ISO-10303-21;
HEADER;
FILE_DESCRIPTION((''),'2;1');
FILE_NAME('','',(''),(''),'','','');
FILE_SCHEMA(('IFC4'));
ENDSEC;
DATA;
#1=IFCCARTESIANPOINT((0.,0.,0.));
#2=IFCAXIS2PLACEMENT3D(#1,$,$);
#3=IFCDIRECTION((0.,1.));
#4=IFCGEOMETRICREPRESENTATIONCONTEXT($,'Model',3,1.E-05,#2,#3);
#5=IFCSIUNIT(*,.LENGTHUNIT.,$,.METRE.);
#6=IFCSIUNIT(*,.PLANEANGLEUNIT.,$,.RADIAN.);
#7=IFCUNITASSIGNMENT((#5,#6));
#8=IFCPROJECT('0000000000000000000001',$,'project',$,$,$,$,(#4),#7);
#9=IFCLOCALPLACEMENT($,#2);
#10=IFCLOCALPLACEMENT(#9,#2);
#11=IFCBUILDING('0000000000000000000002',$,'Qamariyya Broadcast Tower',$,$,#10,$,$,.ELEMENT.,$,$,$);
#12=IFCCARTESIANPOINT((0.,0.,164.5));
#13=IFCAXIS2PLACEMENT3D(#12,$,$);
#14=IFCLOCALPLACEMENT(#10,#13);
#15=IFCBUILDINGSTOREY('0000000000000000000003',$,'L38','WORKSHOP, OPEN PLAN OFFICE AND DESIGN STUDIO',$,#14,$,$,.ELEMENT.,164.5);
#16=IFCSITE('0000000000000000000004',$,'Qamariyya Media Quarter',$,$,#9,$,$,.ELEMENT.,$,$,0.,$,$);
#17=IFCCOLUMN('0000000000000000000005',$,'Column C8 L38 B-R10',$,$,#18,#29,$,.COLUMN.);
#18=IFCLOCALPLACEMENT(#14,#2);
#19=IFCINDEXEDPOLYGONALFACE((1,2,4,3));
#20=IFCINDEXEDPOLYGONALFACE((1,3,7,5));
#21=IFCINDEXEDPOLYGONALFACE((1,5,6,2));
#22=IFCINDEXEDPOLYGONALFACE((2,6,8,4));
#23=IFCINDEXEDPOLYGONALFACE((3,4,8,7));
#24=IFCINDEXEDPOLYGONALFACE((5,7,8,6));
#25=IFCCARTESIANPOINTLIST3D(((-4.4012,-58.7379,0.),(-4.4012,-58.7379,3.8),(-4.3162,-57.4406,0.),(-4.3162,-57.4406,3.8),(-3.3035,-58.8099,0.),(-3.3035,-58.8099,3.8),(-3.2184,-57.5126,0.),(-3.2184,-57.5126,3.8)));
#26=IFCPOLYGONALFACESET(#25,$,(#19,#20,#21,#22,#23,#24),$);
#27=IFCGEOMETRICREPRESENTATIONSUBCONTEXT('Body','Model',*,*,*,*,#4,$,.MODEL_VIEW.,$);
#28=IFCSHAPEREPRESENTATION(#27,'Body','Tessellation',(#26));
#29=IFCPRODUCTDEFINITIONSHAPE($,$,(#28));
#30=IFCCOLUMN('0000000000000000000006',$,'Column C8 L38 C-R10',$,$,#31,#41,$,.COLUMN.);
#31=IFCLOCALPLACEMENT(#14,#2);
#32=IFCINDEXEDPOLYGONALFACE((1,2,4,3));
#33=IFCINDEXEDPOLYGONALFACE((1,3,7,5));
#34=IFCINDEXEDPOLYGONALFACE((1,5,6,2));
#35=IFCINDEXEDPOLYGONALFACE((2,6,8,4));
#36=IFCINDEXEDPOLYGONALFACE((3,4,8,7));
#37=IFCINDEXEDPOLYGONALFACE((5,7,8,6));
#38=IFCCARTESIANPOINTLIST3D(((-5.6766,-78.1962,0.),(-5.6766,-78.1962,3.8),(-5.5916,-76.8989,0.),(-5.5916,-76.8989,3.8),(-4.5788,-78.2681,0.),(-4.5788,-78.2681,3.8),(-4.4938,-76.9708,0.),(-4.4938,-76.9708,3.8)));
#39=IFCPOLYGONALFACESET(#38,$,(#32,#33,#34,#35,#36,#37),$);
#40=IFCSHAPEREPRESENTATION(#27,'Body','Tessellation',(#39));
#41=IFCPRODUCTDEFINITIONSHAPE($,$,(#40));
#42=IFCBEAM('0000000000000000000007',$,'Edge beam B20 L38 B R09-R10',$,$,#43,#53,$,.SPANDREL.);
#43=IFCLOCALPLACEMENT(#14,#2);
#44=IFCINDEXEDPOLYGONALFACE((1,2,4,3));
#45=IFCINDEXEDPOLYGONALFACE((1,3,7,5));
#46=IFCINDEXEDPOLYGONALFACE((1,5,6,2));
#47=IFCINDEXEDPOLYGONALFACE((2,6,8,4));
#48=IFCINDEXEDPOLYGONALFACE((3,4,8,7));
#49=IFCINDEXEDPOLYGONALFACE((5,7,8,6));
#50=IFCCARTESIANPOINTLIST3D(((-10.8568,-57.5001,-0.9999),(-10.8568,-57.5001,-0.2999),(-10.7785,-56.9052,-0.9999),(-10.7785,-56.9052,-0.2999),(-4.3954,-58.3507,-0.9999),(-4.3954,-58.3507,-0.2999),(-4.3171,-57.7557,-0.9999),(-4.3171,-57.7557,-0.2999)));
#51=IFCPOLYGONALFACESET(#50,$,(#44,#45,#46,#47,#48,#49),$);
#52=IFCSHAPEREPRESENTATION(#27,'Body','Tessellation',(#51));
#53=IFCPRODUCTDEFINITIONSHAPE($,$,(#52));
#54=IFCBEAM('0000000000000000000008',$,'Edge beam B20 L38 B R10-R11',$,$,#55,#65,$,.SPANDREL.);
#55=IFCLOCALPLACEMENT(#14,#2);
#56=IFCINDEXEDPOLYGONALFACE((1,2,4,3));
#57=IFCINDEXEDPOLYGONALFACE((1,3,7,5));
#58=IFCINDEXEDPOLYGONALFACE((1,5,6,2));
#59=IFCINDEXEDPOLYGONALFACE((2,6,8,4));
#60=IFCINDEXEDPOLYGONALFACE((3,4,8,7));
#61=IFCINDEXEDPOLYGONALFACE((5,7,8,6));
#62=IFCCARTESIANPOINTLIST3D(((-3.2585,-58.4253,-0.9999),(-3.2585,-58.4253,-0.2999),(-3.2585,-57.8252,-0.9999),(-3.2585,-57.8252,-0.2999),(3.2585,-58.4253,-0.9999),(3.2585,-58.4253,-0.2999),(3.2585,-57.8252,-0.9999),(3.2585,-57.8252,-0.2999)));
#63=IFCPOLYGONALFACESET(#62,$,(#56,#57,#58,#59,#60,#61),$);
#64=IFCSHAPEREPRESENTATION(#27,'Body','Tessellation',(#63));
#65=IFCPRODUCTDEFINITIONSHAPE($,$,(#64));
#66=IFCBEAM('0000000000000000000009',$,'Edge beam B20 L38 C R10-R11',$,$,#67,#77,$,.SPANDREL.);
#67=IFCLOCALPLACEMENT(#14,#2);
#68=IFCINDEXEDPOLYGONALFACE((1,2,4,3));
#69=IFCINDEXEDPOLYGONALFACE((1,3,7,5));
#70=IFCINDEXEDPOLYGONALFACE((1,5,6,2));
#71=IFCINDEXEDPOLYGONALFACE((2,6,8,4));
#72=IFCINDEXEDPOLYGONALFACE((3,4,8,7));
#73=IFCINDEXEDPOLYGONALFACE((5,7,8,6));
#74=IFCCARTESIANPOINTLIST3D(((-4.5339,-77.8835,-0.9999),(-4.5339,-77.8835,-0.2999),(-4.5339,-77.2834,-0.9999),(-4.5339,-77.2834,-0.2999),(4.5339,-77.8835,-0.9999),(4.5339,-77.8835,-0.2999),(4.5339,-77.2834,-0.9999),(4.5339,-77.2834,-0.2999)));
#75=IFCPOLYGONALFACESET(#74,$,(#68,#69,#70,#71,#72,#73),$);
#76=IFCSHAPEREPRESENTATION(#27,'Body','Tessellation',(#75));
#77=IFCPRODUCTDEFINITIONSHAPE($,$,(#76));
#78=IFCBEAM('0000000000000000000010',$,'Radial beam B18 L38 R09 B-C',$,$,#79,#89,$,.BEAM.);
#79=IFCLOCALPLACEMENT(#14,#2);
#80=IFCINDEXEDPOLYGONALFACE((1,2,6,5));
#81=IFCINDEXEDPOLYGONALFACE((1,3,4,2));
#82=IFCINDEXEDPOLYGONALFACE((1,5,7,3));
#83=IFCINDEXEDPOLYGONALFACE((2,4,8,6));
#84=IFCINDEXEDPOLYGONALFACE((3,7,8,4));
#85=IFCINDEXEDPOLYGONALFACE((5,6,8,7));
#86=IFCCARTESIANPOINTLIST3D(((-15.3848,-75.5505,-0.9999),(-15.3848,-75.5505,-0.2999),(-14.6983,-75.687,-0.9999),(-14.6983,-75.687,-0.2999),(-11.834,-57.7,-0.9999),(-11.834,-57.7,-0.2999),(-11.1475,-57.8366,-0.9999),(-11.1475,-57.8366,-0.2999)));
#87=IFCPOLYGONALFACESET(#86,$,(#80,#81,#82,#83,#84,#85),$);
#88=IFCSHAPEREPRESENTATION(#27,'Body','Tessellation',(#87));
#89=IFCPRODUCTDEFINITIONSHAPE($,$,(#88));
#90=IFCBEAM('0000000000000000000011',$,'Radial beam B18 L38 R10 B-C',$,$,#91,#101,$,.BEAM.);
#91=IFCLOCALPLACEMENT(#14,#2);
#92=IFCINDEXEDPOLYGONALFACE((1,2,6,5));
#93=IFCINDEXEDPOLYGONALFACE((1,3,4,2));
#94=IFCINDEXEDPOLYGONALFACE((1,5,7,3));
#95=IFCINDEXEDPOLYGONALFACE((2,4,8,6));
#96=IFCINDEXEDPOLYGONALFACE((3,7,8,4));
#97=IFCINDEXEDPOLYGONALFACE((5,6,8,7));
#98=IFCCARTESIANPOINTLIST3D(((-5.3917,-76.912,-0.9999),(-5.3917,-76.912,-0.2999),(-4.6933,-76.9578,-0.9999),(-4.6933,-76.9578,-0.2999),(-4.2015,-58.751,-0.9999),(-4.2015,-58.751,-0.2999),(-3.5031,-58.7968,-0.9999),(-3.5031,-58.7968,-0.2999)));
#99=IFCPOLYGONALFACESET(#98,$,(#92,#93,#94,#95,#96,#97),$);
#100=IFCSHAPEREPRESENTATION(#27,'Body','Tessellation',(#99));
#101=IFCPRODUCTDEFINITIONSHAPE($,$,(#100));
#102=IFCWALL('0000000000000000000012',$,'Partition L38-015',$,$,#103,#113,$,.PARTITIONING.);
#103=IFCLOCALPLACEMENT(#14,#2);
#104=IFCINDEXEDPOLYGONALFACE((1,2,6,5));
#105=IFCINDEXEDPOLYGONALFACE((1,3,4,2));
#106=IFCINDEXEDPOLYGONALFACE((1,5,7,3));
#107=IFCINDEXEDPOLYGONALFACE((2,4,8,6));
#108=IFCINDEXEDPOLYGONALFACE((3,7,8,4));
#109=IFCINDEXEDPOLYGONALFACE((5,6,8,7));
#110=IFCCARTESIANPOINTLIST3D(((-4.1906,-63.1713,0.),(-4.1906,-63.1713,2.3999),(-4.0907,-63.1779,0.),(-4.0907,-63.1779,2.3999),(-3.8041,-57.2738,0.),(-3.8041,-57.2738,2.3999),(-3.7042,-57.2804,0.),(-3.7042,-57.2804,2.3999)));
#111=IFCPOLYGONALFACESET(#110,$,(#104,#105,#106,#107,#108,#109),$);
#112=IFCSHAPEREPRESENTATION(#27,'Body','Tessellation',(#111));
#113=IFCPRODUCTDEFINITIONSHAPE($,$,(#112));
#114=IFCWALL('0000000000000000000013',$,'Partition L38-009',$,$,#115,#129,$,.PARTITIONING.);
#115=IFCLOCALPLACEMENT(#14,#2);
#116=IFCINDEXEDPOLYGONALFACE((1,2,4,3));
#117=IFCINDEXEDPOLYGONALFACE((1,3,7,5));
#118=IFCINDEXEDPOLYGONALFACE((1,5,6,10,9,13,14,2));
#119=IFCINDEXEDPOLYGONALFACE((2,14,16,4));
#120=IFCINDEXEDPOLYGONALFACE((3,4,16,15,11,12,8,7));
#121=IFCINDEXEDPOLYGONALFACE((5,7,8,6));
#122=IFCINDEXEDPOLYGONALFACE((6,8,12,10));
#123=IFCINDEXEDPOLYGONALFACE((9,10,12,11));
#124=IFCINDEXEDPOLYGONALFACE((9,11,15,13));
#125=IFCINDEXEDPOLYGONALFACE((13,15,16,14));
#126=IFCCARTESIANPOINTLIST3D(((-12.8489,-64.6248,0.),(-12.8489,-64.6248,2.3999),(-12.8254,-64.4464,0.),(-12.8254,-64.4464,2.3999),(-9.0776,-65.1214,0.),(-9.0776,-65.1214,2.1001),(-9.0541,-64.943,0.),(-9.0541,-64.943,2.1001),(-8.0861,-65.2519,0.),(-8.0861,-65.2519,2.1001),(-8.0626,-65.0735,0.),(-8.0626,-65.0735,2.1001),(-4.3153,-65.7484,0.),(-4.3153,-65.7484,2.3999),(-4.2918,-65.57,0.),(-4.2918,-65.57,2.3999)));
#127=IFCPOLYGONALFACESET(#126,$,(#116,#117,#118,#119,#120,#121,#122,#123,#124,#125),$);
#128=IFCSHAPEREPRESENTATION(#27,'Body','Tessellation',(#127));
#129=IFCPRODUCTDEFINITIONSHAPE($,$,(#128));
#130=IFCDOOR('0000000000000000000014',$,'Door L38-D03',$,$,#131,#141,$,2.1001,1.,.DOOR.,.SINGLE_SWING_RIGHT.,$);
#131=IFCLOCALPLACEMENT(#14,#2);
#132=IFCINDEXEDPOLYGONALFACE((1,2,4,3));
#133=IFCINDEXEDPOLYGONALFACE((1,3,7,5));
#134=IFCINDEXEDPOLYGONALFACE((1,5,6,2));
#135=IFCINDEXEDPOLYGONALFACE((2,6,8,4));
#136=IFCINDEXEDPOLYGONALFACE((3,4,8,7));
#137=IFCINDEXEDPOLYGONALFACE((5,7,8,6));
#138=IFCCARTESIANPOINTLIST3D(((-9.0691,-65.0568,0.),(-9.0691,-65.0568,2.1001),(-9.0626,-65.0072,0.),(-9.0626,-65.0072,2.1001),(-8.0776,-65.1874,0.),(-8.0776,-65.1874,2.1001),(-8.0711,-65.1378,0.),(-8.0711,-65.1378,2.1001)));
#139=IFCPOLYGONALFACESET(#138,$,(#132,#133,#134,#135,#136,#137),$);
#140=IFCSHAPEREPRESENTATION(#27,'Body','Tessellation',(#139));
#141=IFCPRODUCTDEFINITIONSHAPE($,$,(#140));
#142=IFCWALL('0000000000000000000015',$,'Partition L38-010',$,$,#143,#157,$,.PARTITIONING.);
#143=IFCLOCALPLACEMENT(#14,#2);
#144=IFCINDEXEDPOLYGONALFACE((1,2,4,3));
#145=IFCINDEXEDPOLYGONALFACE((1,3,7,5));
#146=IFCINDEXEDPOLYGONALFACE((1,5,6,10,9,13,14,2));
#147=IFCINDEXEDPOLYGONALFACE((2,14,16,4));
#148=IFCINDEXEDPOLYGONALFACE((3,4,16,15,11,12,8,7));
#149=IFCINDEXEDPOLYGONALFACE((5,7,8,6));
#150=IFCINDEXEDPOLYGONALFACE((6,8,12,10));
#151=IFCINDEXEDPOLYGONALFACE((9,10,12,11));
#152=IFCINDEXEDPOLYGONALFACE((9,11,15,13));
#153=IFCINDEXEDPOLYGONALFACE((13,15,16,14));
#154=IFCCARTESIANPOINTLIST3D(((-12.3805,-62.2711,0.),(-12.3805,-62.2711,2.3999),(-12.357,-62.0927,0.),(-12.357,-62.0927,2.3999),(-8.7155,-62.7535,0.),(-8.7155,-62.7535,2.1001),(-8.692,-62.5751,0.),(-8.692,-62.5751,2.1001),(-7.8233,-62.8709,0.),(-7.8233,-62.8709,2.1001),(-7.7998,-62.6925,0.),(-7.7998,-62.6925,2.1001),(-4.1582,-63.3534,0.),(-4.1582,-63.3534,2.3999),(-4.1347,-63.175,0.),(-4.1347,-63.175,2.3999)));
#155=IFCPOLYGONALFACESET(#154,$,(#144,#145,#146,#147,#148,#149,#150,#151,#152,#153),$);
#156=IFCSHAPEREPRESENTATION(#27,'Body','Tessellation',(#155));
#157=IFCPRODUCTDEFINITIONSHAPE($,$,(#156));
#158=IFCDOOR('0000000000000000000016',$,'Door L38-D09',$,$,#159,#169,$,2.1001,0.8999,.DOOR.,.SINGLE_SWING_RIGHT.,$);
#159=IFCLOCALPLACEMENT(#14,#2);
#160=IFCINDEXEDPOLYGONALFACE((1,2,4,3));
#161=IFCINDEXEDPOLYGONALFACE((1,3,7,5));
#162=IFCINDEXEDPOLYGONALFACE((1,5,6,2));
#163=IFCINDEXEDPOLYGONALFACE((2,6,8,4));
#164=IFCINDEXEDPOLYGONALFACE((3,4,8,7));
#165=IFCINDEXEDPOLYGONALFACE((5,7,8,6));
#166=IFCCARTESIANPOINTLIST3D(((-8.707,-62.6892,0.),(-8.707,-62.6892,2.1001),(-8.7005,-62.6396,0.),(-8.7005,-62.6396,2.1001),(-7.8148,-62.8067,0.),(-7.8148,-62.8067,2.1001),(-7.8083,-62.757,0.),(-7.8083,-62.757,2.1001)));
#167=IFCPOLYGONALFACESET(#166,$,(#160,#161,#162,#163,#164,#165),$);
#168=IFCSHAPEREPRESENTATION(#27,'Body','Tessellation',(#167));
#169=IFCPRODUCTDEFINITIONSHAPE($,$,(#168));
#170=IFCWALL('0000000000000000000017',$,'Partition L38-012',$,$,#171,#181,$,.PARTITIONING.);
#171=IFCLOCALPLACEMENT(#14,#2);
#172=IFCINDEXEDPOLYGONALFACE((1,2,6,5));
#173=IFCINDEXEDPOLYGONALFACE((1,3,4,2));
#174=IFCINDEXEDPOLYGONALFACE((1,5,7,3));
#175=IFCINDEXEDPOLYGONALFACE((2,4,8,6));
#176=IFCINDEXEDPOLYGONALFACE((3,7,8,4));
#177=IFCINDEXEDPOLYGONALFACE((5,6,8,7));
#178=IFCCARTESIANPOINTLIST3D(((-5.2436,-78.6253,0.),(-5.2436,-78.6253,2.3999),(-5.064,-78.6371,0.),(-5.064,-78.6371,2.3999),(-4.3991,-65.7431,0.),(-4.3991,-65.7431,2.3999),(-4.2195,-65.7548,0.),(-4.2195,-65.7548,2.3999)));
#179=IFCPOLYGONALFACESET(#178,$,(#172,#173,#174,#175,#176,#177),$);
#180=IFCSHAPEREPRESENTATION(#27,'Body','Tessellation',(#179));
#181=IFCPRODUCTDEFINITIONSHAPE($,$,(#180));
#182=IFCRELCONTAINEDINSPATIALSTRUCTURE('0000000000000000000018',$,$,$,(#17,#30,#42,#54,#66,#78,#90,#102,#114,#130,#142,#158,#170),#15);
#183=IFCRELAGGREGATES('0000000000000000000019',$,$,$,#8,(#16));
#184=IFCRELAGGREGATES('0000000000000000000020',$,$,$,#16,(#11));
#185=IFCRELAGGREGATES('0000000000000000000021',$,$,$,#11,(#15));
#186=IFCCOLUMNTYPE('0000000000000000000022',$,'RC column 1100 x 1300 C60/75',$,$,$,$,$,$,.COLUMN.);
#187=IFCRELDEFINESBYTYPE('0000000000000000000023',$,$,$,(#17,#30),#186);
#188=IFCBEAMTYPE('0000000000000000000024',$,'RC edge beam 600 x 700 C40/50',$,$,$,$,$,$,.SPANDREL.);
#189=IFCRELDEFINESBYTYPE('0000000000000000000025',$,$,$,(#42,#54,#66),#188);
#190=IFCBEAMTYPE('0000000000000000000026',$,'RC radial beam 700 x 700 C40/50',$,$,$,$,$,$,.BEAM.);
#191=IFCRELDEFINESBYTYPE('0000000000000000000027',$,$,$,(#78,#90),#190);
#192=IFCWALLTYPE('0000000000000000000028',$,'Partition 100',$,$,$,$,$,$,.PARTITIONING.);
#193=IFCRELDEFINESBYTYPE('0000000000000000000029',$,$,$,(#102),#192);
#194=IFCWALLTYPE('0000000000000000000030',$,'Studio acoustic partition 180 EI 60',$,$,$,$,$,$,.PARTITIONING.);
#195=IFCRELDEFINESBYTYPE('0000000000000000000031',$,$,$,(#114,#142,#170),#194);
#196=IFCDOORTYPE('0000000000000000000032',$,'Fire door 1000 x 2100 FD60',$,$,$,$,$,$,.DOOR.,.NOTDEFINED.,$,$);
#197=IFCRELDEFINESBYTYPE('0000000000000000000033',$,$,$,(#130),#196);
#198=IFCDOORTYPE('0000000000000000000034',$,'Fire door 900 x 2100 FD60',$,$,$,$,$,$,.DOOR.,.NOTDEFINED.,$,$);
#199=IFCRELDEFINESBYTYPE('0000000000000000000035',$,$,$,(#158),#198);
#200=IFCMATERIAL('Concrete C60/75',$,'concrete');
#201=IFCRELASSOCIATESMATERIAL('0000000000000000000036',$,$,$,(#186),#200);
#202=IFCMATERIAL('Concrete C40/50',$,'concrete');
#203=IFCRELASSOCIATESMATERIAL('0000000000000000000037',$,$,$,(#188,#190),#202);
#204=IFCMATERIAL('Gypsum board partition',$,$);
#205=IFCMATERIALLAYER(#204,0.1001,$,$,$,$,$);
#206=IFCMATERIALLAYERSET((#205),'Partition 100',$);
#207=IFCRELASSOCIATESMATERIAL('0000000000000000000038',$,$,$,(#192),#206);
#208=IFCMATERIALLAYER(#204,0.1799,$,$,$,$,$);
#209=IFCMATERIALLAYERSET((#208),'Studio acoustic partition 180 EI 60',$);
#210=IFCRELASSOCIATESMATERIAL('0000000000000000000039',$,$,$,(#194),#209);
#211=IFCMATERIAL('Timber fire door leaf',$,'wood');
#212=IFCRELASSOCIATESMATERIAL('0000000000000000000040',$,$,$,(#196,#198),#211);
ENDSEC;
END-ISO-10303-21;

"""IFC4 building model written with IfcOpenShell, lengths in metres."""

from ifc_helpers import new_model, si_unit, direction, frame, frame_2d, origin, origin_2d, place, context, subcontext, project, spatial, rectangle, extrude, material, layer, layer_set, material_profile, profile_set, type_object, element, fill, save


model = new_model("IFC4")

# Units and contexts
model_context = context("Model", 3, precision=1e-05, world=origin(), true_north=direction((0.0, 1.0)))
body_context = subcontext(model_context, "Body", "Model", "MODEL_VIEW")
ifc_project = project(units=[si_unit("LENGTHUNIT", "METRE"), si_unit("PLANEANGLEUNIT", "RADIAN")], contexts=[model_context])

# Site, building, storey
site_placement = place(None, origin())
site = spatial("IfcSite", under=ifc_project, at=site_placement, Name="Qamariyya Media Quarter", CompositionType="ELEMENT", RefElevation=0.0)
building_placement = place(site_placement, origin())
building = spatial("IfcBuilding", under=site, at=building_placement, Name="Qamariyya Broadcast Tower", CompositionType="ELEMENT")
storey_placement = place(building_placement, frame((0.0, 0.0, 164.5)))
storey = spatial("IfcBuildingStorey", under=building, at=storey_placement, Name="L38", Description="WORKSHOP, OPEN PLAN OFFICE AND DESIGN STUDIO", CompositionType="ELEMENT", Elevation=164.5)

# Columns
ifc_material_1 = material(Name="Concrete C60/75", Category="concrete")
ifc_material_profile_1 = material_profile(ifc_material_1, rectangle(XDim=1.1001, YDim=1.3, at=origin_2d()))
ifc_profile_set_1 = profile_set([ifc_material_profile_1], Name="Concrete C60/75")
column_type = type_object("IfcColumnType", Name="RC column 1100 x 1300 C60/75", PredefinedType="COLUMN", material=ifc_profile_set_1)
for number, where, z_axis, x_axis, name in (
    (1, (-3.8098, -58.1252, 0.0), (0.0, 0.0, 1.0), (0.997859, -0.065403, 0.0), "Column C8 L38 B-R10"),
    (2, (-5.0852, -77.5835, 0.0), (0.0, 0.0, 1.0), (0.997859, -0.065403, 0.0), "Column C8 L38 C-R10"),
):
    element("IfcColumn", number, at=place(storey_placement, frame(where, z_axis=z_axis, x_axis=x_axis)), inside=storey, type_object=column_type, Name=name, PredefinedType="COLUMN", context=body_context, shape_type="SweptSolid", body=[
        extrude(rectangle(XDim=1.1001, YDim=1.3, at=origin_2d()), origin(), (0.0, 0.0, 1.0), 3.8),
    ])

# Beams
ifc_material_2 = material(Name="Concrete C40/50", Category="concrete")
ifc_material_profile_2 = material_profile(ifc_material_2, rectangle(XDim=0.6001, YDim=0.7, at=origin_2d()))
ifc_profile_set_2 = profile_set([ifc_material_profile_2], Name="Concrete C40/50")
beam_type_1 = type_object("IfcBeamType", Name="RC edge beam 600 x 700 C40/50", PredefinedType="SPANDREL", material=ifc_profile_set_2)
for number, where, z_axis, x_axis, name in (
    (3, (-10.8176, -57.2026, -0.6499), (0.991446, -0.130515, 0.0), (0.130515, 0.991446, 0.0), "Edge beam B20 L38 B R09-R10"),
    (4, (-3.2585, -58.1252, -0.6499), (1.0, 0.0, 0.0), (0.0, 1.0, 0.0), "Edge beam B20 L38 B R10-R11"),
):
    element("IfcBeam", number, at=place(storey_placement, frame(where, z_axis=z_axis, x_axis=x_axis)), inside=storey, type_object=beam_type_1, Name=name, PredefinedType="SPANDREL", context=body_context, shape_type="SweptSolid", body=[
        extrude(rectangle(XDim=0.6001, YDim=0.7, at=origin_2d()), origin(), (0.0, 0.0, 1.0), 6.5171),
    ])
beam_1_placement = place(storey_placement, frame((-4.5339, -77.5835, -0.6499), z_axis=(1.0, 0.0, 0.0), x_axis=(0.0, 1.0, 0.0)))
element("IfcBeam", 5, at=beam_1_placement, inside=storey, type_object=beam_type_1, Name="Edge beam B20 L38 C R10-R11", PredefinedType="SPANDREL", context=body_context, shape_type="SweptSolid", body=[
    extrude(rectangle(XDim=0.6001, YDim=0.7, at=origin_2d()), origin(), (0.0, 0.0, 1.0), 9.0679),
])
ifc_material_profile_3 = material_profile(ifc_material_2, rectangle(XDim=0.7, YDim=0.7, at=origin_2d()))
ifc_profile_set_3 = profile_set([ifc_material_profile_3], Name="Concrete C40/50")
beam_type_2 = type_object("IfcBeamType", Name="RC radial beam 700 x 700 C40/50", PredefinedType="BEAM", material=ifc_profile_set_3)
beam_2_placement = place(storey_placement, frame((-11.4907, -57.7683, -0.6499), z_axis=(-0.195097, -0.980784, 0.0), x_axis=(0.980784, -0.195097, 0.0)))
element("IfcBeam", 6, at=beam_2_placement, inside=storey, type_object=beam_type_2, Name="Radial beam B18 L38 R09 B-C", PredefinedType="BEAM", context=body_context, shape_type="SweptSolid", body=[
    extrude(rectangle(XDim=0.7, YDim=0.7, at=origin_2d()), origin(), (0.0, 0.0, 1.0), 18.2002),
])
beam_3_placement = place(storey_placement, frame((-3.8523, -58.7739, -0.6499), z_axis=(-0.065395, -0.997859, 0.0), x_axis=(0.997859, -0.065395, 0.0)))
element("IfcBeam", 7, at=beam_3_placement, inside=storey, type_object=beam_type_2, Name="Radial beam B18 L38 R10 B-C", PredefinedType="BEAM", context=body_context, shape_type="SweptSolid", body=[
    extrude(rectangle(XDim=0.7, YDim=0.7, at=origin_2d()), origin(), (0.0, 0.0, 1.0), 18.2),
])

# Wall
ifc_material_3 = material(Name="Gypsum board partition")
ifc_layer_1 = layer(ifc_material_3, 0.1001)
ifc_layer_set_1 = layer_set([ifc_layer_1], Name="Partition 100")
wall_type_1 = type_object("IfcWallType", Name="Partition 100", PredefinedType="PARTITIONING", material=ifc_layer_set_1)
wall_1_placement = place(storey_placement, frame((-3.7542, -57.2771, 0.0), z_axis=(0.0, 0.0, 1.0), x_axis=(-0.065392, -0.99786, 0.0)))
element("IfcWall", 8, at=wall_1_placement, inside=storey, type_object=wall_type_1, Name="Partition L38-015", PredefinedType="PARTITIONING", context=body_context, shape_type="SweptSolid", body=[
    extrude(rectangle(XDim=5.9102, YDim=0.1001, at=frame_2d((2.9551, 0.0))), origin(), (0.0, 0.0, 1.0), 2.3999),
])

# Walls, openings, doors
ifc_layer_2 = layer(ifc_material_3, 0.1799)
ifc_layer_set_2 = layer_set([ifc_layer_2], Name="Studio acoustic partition 180 EI 60")
wall_type_2 = type_object("IfcWallType", Name="Studio acoustic partition 180 EI 60", PredefinedType="PARTITIONING", material=ifc_layer_set_2)
wall_2_placement = place(storey_placement, frame((-4.3035, -65.6592, 0.0), z_axis=(0.0, 0.0, 1.0), x_axis=(-0.991444, 0.130536, 0.0)))
wall_2 = element("IfcWall", 9, at=wall_2_placement, inside=storey, type_object=wall_type_2, Name="Partition L38-009", PredefinedType="PARTITIONING", context=body_context, shape_type="SweptSolid", body=[
    extrude(rectangle(XDim=8.6072, YDim=0.1799, at=frame_2d((4.3037, 0.0))), origin(), (0.0, 0.0, 1.0), 2.3999),
])
opening_1_placement = place(wall_2_placement, frame((3.8035, 0.0, 0.0)))
opening_1 = element("IfcOpeningElement", 10, at=opening_1_placement, cuts=wall_2, PredefinedType="OPENING", context=body_context, shape_type="SweptSolid", body=[
    extrude(rectangle(XDim=1.0, YDim=2.1001, at=frame_2d((0.5, 1.05))), frame((0.0, 0.0999, 0.0), z_axis=(0.0, -1.0, 0.0), x_axis=(1.0, 0.0, 0.0)), (0.0, 0.0, 1.0), 0.2),
])
ifc_material_4 = material(Name="Timber fire door leaf", Category="wood")
door_type_1 = type_object("IfcDoorType", Name="Fire door 1000 x 2100 FD60", OperationType="NOTDEFINED", PredefinedType="DOOR", material=ifc_material_4)
door_1_placement = place(opening_1_placement, origin())
door_1 = element("IfcDoor", 11, at=door_1_placement, inside=storey, type_object=door_type_1, Name="Door L38-D03", OperationType="SINGLE_SWING_RIGHT", OverallHeight=2.1001, OverallWidth=1.0, PredefinedType="DOOR", context=body_context, shape_type="SweptSolid", body=[
    extrude(rectangle(XDim=1.0, YDim=2.1001, at=frame_2d((0.5, 1.05))), frame((0.0, 0.0249, 0.0), z_axis=(0.0, -1.0, 0.0), x_axis=(1.0, 0.0, 0.0)), (0.0, 0.0, 1.0), 0.05),
])
fill(opening_1, door_1)
wall_3_placement = place(storey_placement, frame((-12.3687, -62.1819, 0.0), z_axis=(0.0, 0.0, 1.0), x_axis=(0.991448, -0.130503, 0.0)))
wall_3 = element("IfcWall", 12, at=wall_3_placement, inside=storey, type_object=wall_type_2, Name="Partition L38-010", PredefinedType="PARTITIONING", context=body_context, shape_type="SweptSolid", body=[
    extrude(rectangle(XDim=8.2932, YDim=0.1799, at=frame_2d((4.1465, 0.0))), origin(), (0.0, 0.0, 1.0), 2.3999),
])
opening_2_placement = place(wall_3_placement, frame((3.6965, 0.0, 0.0)))
opening_2 = element("IfcOpeningElement", 13, at=opening_2_placement, cuts=wall_3, PredefinedType="OPENING", context=body_context, shape_type="SweptSolid", body=[
    extrude(rectangle(XDim=0.8999, YDim=2.1001, at=frame_2d((0.45, 1.05))), frame((0.0, 0.0999, 0.0), z_axis=(0.0, -1.0, 0.0), x_axis=(1.0, 0.0, 0.0)), (0.0, 0.0, 1.0), 0.2),
])
door_type_2 = type_object("IfcDoorType", Name="Fire door 900 x 2100 FD60", OperationType="NOTDEFINED", PredefinedType="DOOR", material=ifc_material_4)
door_2_placement = place(opening_2_placement, origin())
door_2 = element("IfcDoor", 14, at=door_2_placement, inside=storey, type_object=door_type_2, Name="Door L38-D09", OperationType="SINGLE_SWING_RIGHT", OverallHeight=2.1001, OverallWidth=0.8999, PredefinedType="DOOR", context=body_context, shape_type="SweptSolid", body=[
    extrude(rectangle(XDim=0.8999, YDim=2.1001, at=frame_2d((0.45, 1.05))), frame((0.0, 0.0249, 0.0), z_axis=(0.0, -1.0, 0.0), x_axis=(1.0, 0.0, 0.0)), (0.0, 0.0, 1.0), 0.05),
])
fill(opening_2, door_2)

# Wall
wall_4_placement = place(storey_placement, frame((-5.1538, -78.6313, 0.0), z_axis=(0.0, 0.0, 1.0), x_axis=(0.065413, 0.997858, 0.0)))
element("IfcWall", 15, at=wall_4_placement, inside=storey, type_object=wall_type_2, Name="Partition L38-012", PredefinedType="PARTITIONING", context=body_context, shape_type="SweptSolid", body=[
    extrude(rectangle(XDim=12.9099, YDim=0.1799, at=frame_2d((6.4551, 0.0))), origin(), (0.0, 0.0, 1.0), 2.3999),
])

save(model, "model.ifc")
